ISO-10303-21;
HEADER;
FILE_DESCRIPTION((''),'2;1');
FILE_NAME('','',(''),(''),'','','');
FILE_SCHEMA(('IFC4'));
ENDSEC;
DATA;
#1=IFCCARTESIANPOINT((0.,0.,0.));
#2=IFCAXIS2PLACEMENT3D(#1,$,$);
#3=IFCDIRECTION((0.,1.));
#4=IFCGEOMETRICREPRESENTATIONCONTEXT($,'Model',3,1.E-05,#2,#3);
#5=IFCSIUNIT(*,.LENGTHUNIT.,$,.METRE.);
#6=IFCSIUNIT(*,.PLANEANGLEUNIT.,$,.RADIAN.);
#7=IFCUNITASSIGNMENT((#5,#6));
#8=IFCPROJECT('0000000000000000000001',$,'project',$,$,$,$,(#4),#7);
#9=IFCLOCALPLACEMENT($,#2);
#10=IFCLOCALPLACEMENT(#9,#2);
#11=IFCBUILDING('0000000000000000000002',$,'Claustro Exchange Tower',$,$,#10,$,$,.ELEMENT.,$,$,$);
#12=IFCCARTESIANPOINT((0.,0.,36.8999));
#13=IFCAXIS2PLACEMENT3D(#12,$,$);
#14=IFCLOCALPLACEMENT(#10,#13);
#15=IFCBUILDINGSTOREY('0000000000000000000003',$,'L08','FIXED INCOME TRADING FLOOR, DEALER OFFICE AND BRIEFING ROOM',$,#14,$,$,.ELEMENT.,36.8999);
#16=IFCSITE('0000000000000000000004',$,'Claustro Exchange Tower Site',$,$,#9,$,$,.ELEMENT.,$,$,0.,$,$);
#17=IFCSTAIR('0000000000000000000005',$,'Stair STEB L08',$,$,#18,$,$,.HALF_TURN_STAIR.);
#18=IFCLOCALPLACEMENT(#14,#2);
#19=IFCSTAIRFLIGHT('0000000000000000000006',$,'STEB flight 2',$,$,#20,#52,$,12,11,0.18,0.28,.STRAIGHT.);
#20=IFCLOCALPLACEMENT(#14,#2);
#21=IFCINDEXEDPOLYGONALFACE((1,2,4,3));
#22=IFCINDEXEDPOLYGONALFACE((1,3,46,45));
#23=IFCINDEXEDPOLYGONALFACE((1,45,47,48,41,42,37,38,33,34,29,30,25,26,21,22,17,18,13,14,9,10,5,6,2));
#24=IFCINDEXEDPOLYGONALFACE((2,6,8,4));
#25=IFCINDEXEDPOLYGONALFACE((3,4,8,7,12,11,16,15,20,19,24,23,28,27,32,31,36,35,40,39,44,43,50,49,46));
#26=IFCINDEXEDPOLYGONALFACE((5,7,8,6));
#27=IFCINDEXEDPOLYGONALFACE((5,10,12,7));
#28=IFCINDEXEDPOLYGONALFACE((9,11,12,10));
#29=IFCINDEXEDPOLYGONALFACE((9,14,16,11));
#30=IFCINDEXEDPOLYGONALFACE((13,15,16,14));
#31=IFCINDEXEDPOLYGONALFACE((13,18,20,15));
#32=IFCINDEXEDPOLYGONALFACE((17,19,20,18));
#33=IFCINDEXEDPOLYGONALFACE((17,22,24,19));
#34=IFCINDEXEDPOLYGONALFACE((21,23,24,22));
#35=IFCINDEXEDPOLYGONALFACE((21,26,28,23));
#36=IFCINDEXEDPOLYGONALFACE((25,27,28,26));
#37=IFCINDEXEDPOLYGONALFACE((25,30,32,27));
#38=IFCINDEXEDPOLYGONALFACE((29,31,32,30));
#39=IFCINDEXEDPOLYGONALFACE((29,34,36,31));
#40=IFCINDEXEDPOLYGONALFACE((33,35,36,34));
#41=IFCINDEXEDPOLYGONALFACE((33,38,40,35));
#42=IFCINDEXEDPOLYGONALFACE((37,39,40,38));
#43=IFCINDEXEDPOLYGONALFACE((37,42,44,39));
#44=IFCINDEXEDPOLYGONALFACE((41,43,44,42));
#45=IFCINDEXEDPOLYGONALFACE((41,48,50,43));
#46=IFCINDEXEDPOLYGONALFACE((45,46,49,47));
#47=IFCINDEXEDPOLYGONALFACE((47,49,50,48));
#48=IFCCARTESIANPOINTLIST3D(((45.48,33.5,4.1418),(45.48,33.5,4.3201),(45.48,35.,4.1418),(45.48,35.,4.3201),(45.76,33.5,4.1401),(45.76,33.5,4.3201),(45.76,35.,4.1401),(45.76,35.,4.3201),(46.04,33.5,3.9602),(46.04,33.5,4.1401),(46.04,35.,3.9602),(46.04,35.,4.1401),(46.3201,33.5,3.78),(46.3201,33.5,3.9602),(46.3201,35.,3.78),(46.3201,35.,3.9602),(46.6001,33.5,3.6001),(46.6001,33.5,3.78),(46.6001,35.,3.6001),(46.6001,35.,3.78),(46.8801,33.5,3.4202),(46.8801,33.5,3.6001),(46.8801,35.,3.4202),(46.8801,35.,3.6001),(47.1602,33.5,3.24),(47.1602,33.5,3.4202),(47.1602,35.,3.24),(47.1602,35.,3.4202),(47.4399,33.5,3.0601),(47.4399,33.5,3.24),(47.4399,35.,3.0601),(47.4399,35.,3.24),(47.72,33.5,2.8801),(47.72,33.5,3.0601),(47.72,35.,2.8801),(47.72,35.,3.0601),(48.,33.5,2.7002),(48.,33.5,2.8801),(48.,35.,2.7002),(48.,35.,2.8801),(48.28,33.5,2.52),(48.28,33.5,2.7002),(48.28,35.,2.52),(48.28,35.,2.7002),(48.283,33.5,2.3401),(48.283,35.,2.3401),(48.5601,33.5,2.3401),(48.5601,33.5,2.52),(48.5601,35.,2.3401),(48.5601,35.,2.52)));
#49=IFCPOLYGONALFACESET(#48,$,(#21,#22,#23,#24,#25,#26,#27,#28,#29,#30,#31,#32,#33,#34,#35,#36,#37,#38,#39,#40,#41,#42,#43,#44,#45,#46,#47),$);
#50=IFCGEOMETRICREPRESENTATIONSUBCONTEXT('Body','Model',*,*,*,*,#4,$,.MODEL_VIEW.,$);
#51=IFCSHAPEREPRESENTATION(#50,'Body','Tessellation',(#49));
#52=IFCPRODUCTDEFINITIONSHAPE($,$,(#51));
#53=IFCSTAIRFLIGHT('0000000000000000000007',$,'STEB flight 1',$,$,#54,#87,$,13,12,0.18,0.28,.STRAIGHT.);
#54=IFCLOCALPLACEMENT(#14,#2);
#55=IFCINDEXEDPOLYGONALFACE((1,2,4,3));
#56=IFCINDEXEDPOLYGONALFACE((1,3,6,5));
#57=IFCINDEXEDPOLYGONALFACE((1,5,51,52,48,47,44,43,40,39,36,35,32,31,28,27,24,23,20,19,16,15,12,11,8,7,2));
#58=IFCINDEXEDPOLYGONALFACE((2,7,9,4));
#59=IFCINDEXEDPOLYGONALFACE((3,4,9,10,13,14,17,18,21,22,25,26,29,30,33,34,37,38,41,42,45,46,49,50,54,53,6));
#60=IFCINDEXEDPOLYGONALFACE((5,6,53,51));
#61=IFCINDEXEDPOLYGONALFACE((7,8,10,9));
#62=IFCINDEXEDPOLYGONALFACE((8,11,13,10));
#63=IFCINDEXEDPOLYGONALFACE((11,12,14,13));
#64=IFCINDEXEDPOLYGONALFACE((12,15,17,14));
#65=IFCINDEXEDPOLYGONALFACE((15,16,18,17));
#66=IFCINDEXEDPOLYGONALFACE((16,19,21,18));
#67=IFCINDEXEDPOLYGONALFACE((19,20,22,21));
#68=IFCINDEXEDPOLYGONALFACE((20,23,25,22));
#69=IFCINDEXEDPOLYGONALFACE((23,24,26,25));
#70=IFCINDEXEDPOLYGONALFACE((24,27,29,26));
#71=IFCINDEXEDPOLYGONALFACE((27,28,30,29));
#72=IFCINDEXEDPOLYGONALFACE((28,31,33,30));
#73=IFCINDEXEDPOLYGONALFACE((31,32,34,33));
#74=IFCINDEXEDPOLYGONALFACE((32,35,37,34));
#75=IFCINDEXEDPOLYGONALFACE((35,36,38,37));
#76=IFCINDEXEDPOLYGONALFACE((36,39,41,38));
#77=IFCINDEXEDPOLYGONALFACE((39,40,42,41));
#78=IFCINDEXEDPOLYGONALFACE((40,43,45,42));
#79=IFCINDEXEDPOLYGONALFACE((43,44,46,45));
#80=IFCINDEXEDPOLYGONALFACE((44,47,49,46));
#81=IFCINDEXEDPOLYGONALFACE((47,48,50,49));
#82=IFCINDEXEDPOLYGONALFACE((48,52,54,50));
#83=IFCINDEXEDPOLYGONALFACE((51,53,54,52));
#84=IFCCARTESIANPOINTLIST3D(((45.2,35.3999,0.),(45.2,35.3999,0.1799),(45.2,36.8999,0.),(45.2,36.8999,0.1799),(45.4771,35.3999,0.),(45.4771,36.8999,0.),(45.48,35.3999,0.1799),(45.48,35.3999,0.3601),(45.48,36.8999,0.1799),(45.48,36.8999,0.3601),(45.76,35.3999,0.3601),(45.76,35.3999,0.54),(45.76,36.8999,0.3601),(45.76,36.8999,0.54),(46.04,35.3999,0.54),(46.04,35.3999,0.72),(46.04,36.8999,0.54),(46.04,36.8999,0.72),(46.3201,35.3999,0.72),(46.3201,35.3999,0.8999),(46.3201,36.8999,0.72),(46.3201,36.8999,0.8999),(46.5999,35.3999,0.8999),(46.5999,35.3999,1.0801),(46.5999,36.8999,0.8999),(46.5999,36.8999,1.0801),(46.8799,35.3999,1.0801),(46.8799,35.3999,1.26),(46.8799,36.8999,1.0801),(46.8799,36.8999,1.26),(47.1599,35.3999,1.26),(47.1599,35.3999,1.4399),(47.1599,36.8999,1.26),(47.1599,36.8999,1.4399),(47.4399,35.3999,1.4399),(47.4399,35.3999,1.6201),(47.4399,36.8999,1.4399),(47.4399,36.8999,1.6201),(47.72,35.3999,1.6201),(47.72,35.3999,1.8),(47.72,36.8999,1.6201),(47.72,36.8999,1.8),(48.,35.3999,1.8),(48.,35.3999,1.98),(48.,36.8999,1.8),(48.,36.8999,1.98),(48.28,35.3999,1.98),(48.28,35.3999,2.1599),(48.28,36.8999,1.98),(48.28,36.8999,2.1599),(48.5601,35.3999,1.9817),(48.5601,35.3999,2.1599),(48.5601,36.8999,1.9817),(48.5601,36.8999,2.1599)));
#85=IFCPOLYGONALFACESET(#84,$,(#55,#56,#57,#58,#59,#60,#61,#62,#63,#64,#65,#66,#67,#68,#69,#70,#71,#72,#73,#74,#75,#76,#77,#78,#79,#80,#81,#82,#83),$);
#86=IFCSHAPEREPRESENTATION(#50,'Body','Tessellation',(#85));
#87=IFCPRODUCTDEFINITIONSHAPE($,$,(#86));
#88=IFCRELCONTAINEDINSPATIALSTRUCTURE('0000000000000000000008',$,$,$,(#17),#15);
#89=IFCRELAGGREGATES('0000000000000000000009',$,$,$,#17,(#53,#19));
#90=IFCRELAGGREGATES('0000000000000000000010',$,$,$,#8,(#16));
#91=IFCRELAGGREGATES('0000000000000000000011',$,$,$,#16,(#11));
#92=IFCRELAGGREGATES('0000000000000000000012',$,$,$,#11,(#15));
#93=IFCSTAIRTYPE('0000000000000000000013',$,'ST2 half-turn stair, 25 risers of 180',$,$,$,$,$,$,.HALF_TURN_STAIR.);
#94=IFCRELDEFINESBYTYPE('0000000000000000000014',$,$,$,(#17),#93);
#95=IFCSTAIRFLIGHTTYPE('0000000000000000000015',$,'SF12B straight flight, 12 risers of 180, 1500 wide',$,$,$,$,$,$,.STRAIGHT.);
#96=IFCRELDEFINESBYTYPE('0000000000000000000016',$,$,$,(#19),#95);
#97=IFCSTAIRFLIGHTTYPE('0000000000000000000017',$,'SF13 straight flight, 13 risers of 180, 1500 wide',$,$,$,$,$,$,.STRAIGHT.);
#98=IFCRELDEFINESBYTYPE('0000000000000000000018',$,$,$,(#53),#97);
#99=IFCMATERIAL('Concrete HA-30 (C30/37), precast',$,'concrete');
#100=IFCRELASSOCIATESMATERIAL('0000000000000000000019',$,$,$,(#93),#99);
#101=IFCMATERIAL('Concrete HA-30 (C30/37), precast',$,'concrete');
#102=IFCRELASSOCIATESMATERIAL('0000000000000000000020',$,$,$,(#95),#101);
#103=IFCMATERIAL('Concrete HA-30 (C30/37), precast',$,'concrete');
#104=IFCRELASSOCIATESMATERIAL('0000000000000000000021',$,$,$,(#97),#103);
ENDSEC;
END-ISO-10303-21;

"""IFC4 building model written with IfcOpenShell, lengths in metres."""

from ifc_helpers import new_model, si_unit, direction, frame, origin, place, context, subcontext, project, spatial, polyline, outline, extrude, material, type_object, element, aggregate, save


model = new_model("IFC4")

# Units and contexts
model_context = context("Model", 3, precision=1e-05, world=origin(), true_north=direction((0.0, 1.0)))
body_context = subcontext(model_context, "Body", "Model", "MODEL_VIEW")
ifc_project = project(units=[si_unit("LENGTHUNIT", "METRE"), si_unit("PLANEANGLEUNIT", "RADIAN")], contexts=[model_context])

# Site, building, storey
site_placement = place(None, origin())
site = spatial("IfcSite", under=ifc_project, at=site_placement, Name="Claustro Exchange Tower Site", CompositionType="ELEMENT", RefElevation=0.0)
building_placement = place(site_placement, origin())
building = spatial("IfcBuilding", under=site, at=building_placement, Name="Claustro Exchange Tower", CompositionType="ELEMENT")
storey_placement = place(building_placement, frame((0.0, 0.0, 36.8999)))
storey = spatial("IfcBuildingStorey", under=building, at=storey_placement, Name="L08", Description="FIXED INCOME TRADING FLOOR, DEALER OFFICE AND BRIEFING ROOM", CompositionType="ELEMENT", Elevation=36.8999)

# Stair, stair flights
ifc_material_1 = material(Name="Concrete HA-30 (C30/37), precast", Category="concrete")
stair_type = type_object("IfcStairType", Name="ST2 half-turn stair, 25 risers of 180", PredefinedType="HALF_TURN_STAIR", material=ifc_material_1)
stair_placement = place(storey_placement, origin())
stair = element("IfcStair", 1, at=stair_placement, inside=storey, type_object=stair_type, Name="Stair STEB L08", PredefinedType="HALF_TURN_STAIR")
ifc_material_2 = material(Name="Concrete HA-30 (C30/37), precast", Category="concrete")
stair_flight_type_1 = type_object("IfcStairFlightType", Name="SF12B straight flight, 12 risers of 180, 1500 wide", PredefinedType="STRAIGHT", material=ifc_material_2)
stair_flight_1_placement = place(storey_placement, frame((48.5601, 34.25, 2.3401), z_axis=(0.0, 0.0, 1.0), x_axis=(-1.0, 0.0, 0.0)))
stair_flight_1 = element("IfcStairFlight", 2, at=stair_flight_1_placement, type_object=stair_flight_type_1, Name="STEB flight 2", NumberOfRisers=12, NumberOfTreads=11, PredefinedType="STRAIGHT", RiserHeight=0.18, TreadLength=0.28, context=body_context, shape_type="SweptSolid", body=[
    extrude(outline(polyline([(0.0, 0.0), (0.0, 0.1799), (0.28, 0.1799), (0.28, 0.3601), (0.5601, 0.3601), (0.5601, 0.54), (0.8401, 0.54), (0.8401, 0.72), (1.1201, 0.72), (1.1201, 0.8999), (1.3999, 0.8999), (1.3999, 1.0801), (1.6799, 1.0801), (1.6799, 1.26), (1.96, 1.26), (1.96, 1.4399), (2.24, 1.4399), (2.24, 1.6201), (2.52, 1.6201), (2.52, 1.8), (2.8, 1.8), (2.8, 1.98), (3.0801, 1.98), (3.0801, 2.1599), (3.0801, 1.8018), (0.2771, 0.0), (0.0, 0.0)])), frame((0.0, 0.75, 0.0), z_axis=(0.0, -1.0, 0.0), x_axis=(1.0, 0.0, 0.0)), (0.0, 0.0, 1.0), 1.5),
])
ifc_material_3 = material(Name="Concrete HA-30 (C30/37), precast", Category="concrete")
stair_flight_type_2 = type_object("IfcStairFlightType", Name="SF13 straight flight, 13 risers of 180, 1500 wide", PredefinedType="STRAIGHT", material=ifc_material_3)
stair_flight_2_placement = place(storey_placement, frame((45.2, 36.1499, 0.0), z_axis=(0.0, 0.0, 1.0), x_axis=(1.0, 0.0, 0.0)))
stair_flight_2 = element("IfcStairFlight", 3, at=stair_flight_2_placement, type_object=stair_flight_type_2, Name="STEB flight 1", NumberOfRisers=13, NumberOfTreads=12, PredefinedType="STRAIGHT", RiserHeight=0.18, TreadLength=0.28, context=body_context, shape_type="SweptSolid", body=[
    extrude(outline(polyline([(0.0, 0.0), (0.0, 0.1799), (0.28, 0.1799), (0.28, 0.3601), (0.5601, 0.3601), (0.5601, 0.54), (0.8401, 0.54), (0.8401, 0.72), (1.1201, 0.72), (1.1201, 0.8999), (1.3999, 0.8999), (1.3999, 1.0801), (1.6799, 1.0801), (1.6799, 1.26), (1.96, 1.26), (1.96, 1.4399), (2.24, 1.4399), (2.24, 1.6201), (2.52, 1.6201), (2.52, 1.8), (2.8, 1.8), (2.8, 1.98), (3.0801, 1.98), (3.0801, 2.1599), (3.3601, 2.1599), (3.3601, 2.3401), (3.3601, 1.9817), (0.2771, 0.0), (0.0, 0.0)])), frame((0.0, 0.75, 0.0), z_axis=(0.0, -1.0, 0.0), x_axis=(1.0, 0.0, 0.0)), (0.0, 0.0, 1.0), 1.5),
])
aggregate(stair, [stair_flight_2, stair_flight_1])

save(model, "model.ifc")
